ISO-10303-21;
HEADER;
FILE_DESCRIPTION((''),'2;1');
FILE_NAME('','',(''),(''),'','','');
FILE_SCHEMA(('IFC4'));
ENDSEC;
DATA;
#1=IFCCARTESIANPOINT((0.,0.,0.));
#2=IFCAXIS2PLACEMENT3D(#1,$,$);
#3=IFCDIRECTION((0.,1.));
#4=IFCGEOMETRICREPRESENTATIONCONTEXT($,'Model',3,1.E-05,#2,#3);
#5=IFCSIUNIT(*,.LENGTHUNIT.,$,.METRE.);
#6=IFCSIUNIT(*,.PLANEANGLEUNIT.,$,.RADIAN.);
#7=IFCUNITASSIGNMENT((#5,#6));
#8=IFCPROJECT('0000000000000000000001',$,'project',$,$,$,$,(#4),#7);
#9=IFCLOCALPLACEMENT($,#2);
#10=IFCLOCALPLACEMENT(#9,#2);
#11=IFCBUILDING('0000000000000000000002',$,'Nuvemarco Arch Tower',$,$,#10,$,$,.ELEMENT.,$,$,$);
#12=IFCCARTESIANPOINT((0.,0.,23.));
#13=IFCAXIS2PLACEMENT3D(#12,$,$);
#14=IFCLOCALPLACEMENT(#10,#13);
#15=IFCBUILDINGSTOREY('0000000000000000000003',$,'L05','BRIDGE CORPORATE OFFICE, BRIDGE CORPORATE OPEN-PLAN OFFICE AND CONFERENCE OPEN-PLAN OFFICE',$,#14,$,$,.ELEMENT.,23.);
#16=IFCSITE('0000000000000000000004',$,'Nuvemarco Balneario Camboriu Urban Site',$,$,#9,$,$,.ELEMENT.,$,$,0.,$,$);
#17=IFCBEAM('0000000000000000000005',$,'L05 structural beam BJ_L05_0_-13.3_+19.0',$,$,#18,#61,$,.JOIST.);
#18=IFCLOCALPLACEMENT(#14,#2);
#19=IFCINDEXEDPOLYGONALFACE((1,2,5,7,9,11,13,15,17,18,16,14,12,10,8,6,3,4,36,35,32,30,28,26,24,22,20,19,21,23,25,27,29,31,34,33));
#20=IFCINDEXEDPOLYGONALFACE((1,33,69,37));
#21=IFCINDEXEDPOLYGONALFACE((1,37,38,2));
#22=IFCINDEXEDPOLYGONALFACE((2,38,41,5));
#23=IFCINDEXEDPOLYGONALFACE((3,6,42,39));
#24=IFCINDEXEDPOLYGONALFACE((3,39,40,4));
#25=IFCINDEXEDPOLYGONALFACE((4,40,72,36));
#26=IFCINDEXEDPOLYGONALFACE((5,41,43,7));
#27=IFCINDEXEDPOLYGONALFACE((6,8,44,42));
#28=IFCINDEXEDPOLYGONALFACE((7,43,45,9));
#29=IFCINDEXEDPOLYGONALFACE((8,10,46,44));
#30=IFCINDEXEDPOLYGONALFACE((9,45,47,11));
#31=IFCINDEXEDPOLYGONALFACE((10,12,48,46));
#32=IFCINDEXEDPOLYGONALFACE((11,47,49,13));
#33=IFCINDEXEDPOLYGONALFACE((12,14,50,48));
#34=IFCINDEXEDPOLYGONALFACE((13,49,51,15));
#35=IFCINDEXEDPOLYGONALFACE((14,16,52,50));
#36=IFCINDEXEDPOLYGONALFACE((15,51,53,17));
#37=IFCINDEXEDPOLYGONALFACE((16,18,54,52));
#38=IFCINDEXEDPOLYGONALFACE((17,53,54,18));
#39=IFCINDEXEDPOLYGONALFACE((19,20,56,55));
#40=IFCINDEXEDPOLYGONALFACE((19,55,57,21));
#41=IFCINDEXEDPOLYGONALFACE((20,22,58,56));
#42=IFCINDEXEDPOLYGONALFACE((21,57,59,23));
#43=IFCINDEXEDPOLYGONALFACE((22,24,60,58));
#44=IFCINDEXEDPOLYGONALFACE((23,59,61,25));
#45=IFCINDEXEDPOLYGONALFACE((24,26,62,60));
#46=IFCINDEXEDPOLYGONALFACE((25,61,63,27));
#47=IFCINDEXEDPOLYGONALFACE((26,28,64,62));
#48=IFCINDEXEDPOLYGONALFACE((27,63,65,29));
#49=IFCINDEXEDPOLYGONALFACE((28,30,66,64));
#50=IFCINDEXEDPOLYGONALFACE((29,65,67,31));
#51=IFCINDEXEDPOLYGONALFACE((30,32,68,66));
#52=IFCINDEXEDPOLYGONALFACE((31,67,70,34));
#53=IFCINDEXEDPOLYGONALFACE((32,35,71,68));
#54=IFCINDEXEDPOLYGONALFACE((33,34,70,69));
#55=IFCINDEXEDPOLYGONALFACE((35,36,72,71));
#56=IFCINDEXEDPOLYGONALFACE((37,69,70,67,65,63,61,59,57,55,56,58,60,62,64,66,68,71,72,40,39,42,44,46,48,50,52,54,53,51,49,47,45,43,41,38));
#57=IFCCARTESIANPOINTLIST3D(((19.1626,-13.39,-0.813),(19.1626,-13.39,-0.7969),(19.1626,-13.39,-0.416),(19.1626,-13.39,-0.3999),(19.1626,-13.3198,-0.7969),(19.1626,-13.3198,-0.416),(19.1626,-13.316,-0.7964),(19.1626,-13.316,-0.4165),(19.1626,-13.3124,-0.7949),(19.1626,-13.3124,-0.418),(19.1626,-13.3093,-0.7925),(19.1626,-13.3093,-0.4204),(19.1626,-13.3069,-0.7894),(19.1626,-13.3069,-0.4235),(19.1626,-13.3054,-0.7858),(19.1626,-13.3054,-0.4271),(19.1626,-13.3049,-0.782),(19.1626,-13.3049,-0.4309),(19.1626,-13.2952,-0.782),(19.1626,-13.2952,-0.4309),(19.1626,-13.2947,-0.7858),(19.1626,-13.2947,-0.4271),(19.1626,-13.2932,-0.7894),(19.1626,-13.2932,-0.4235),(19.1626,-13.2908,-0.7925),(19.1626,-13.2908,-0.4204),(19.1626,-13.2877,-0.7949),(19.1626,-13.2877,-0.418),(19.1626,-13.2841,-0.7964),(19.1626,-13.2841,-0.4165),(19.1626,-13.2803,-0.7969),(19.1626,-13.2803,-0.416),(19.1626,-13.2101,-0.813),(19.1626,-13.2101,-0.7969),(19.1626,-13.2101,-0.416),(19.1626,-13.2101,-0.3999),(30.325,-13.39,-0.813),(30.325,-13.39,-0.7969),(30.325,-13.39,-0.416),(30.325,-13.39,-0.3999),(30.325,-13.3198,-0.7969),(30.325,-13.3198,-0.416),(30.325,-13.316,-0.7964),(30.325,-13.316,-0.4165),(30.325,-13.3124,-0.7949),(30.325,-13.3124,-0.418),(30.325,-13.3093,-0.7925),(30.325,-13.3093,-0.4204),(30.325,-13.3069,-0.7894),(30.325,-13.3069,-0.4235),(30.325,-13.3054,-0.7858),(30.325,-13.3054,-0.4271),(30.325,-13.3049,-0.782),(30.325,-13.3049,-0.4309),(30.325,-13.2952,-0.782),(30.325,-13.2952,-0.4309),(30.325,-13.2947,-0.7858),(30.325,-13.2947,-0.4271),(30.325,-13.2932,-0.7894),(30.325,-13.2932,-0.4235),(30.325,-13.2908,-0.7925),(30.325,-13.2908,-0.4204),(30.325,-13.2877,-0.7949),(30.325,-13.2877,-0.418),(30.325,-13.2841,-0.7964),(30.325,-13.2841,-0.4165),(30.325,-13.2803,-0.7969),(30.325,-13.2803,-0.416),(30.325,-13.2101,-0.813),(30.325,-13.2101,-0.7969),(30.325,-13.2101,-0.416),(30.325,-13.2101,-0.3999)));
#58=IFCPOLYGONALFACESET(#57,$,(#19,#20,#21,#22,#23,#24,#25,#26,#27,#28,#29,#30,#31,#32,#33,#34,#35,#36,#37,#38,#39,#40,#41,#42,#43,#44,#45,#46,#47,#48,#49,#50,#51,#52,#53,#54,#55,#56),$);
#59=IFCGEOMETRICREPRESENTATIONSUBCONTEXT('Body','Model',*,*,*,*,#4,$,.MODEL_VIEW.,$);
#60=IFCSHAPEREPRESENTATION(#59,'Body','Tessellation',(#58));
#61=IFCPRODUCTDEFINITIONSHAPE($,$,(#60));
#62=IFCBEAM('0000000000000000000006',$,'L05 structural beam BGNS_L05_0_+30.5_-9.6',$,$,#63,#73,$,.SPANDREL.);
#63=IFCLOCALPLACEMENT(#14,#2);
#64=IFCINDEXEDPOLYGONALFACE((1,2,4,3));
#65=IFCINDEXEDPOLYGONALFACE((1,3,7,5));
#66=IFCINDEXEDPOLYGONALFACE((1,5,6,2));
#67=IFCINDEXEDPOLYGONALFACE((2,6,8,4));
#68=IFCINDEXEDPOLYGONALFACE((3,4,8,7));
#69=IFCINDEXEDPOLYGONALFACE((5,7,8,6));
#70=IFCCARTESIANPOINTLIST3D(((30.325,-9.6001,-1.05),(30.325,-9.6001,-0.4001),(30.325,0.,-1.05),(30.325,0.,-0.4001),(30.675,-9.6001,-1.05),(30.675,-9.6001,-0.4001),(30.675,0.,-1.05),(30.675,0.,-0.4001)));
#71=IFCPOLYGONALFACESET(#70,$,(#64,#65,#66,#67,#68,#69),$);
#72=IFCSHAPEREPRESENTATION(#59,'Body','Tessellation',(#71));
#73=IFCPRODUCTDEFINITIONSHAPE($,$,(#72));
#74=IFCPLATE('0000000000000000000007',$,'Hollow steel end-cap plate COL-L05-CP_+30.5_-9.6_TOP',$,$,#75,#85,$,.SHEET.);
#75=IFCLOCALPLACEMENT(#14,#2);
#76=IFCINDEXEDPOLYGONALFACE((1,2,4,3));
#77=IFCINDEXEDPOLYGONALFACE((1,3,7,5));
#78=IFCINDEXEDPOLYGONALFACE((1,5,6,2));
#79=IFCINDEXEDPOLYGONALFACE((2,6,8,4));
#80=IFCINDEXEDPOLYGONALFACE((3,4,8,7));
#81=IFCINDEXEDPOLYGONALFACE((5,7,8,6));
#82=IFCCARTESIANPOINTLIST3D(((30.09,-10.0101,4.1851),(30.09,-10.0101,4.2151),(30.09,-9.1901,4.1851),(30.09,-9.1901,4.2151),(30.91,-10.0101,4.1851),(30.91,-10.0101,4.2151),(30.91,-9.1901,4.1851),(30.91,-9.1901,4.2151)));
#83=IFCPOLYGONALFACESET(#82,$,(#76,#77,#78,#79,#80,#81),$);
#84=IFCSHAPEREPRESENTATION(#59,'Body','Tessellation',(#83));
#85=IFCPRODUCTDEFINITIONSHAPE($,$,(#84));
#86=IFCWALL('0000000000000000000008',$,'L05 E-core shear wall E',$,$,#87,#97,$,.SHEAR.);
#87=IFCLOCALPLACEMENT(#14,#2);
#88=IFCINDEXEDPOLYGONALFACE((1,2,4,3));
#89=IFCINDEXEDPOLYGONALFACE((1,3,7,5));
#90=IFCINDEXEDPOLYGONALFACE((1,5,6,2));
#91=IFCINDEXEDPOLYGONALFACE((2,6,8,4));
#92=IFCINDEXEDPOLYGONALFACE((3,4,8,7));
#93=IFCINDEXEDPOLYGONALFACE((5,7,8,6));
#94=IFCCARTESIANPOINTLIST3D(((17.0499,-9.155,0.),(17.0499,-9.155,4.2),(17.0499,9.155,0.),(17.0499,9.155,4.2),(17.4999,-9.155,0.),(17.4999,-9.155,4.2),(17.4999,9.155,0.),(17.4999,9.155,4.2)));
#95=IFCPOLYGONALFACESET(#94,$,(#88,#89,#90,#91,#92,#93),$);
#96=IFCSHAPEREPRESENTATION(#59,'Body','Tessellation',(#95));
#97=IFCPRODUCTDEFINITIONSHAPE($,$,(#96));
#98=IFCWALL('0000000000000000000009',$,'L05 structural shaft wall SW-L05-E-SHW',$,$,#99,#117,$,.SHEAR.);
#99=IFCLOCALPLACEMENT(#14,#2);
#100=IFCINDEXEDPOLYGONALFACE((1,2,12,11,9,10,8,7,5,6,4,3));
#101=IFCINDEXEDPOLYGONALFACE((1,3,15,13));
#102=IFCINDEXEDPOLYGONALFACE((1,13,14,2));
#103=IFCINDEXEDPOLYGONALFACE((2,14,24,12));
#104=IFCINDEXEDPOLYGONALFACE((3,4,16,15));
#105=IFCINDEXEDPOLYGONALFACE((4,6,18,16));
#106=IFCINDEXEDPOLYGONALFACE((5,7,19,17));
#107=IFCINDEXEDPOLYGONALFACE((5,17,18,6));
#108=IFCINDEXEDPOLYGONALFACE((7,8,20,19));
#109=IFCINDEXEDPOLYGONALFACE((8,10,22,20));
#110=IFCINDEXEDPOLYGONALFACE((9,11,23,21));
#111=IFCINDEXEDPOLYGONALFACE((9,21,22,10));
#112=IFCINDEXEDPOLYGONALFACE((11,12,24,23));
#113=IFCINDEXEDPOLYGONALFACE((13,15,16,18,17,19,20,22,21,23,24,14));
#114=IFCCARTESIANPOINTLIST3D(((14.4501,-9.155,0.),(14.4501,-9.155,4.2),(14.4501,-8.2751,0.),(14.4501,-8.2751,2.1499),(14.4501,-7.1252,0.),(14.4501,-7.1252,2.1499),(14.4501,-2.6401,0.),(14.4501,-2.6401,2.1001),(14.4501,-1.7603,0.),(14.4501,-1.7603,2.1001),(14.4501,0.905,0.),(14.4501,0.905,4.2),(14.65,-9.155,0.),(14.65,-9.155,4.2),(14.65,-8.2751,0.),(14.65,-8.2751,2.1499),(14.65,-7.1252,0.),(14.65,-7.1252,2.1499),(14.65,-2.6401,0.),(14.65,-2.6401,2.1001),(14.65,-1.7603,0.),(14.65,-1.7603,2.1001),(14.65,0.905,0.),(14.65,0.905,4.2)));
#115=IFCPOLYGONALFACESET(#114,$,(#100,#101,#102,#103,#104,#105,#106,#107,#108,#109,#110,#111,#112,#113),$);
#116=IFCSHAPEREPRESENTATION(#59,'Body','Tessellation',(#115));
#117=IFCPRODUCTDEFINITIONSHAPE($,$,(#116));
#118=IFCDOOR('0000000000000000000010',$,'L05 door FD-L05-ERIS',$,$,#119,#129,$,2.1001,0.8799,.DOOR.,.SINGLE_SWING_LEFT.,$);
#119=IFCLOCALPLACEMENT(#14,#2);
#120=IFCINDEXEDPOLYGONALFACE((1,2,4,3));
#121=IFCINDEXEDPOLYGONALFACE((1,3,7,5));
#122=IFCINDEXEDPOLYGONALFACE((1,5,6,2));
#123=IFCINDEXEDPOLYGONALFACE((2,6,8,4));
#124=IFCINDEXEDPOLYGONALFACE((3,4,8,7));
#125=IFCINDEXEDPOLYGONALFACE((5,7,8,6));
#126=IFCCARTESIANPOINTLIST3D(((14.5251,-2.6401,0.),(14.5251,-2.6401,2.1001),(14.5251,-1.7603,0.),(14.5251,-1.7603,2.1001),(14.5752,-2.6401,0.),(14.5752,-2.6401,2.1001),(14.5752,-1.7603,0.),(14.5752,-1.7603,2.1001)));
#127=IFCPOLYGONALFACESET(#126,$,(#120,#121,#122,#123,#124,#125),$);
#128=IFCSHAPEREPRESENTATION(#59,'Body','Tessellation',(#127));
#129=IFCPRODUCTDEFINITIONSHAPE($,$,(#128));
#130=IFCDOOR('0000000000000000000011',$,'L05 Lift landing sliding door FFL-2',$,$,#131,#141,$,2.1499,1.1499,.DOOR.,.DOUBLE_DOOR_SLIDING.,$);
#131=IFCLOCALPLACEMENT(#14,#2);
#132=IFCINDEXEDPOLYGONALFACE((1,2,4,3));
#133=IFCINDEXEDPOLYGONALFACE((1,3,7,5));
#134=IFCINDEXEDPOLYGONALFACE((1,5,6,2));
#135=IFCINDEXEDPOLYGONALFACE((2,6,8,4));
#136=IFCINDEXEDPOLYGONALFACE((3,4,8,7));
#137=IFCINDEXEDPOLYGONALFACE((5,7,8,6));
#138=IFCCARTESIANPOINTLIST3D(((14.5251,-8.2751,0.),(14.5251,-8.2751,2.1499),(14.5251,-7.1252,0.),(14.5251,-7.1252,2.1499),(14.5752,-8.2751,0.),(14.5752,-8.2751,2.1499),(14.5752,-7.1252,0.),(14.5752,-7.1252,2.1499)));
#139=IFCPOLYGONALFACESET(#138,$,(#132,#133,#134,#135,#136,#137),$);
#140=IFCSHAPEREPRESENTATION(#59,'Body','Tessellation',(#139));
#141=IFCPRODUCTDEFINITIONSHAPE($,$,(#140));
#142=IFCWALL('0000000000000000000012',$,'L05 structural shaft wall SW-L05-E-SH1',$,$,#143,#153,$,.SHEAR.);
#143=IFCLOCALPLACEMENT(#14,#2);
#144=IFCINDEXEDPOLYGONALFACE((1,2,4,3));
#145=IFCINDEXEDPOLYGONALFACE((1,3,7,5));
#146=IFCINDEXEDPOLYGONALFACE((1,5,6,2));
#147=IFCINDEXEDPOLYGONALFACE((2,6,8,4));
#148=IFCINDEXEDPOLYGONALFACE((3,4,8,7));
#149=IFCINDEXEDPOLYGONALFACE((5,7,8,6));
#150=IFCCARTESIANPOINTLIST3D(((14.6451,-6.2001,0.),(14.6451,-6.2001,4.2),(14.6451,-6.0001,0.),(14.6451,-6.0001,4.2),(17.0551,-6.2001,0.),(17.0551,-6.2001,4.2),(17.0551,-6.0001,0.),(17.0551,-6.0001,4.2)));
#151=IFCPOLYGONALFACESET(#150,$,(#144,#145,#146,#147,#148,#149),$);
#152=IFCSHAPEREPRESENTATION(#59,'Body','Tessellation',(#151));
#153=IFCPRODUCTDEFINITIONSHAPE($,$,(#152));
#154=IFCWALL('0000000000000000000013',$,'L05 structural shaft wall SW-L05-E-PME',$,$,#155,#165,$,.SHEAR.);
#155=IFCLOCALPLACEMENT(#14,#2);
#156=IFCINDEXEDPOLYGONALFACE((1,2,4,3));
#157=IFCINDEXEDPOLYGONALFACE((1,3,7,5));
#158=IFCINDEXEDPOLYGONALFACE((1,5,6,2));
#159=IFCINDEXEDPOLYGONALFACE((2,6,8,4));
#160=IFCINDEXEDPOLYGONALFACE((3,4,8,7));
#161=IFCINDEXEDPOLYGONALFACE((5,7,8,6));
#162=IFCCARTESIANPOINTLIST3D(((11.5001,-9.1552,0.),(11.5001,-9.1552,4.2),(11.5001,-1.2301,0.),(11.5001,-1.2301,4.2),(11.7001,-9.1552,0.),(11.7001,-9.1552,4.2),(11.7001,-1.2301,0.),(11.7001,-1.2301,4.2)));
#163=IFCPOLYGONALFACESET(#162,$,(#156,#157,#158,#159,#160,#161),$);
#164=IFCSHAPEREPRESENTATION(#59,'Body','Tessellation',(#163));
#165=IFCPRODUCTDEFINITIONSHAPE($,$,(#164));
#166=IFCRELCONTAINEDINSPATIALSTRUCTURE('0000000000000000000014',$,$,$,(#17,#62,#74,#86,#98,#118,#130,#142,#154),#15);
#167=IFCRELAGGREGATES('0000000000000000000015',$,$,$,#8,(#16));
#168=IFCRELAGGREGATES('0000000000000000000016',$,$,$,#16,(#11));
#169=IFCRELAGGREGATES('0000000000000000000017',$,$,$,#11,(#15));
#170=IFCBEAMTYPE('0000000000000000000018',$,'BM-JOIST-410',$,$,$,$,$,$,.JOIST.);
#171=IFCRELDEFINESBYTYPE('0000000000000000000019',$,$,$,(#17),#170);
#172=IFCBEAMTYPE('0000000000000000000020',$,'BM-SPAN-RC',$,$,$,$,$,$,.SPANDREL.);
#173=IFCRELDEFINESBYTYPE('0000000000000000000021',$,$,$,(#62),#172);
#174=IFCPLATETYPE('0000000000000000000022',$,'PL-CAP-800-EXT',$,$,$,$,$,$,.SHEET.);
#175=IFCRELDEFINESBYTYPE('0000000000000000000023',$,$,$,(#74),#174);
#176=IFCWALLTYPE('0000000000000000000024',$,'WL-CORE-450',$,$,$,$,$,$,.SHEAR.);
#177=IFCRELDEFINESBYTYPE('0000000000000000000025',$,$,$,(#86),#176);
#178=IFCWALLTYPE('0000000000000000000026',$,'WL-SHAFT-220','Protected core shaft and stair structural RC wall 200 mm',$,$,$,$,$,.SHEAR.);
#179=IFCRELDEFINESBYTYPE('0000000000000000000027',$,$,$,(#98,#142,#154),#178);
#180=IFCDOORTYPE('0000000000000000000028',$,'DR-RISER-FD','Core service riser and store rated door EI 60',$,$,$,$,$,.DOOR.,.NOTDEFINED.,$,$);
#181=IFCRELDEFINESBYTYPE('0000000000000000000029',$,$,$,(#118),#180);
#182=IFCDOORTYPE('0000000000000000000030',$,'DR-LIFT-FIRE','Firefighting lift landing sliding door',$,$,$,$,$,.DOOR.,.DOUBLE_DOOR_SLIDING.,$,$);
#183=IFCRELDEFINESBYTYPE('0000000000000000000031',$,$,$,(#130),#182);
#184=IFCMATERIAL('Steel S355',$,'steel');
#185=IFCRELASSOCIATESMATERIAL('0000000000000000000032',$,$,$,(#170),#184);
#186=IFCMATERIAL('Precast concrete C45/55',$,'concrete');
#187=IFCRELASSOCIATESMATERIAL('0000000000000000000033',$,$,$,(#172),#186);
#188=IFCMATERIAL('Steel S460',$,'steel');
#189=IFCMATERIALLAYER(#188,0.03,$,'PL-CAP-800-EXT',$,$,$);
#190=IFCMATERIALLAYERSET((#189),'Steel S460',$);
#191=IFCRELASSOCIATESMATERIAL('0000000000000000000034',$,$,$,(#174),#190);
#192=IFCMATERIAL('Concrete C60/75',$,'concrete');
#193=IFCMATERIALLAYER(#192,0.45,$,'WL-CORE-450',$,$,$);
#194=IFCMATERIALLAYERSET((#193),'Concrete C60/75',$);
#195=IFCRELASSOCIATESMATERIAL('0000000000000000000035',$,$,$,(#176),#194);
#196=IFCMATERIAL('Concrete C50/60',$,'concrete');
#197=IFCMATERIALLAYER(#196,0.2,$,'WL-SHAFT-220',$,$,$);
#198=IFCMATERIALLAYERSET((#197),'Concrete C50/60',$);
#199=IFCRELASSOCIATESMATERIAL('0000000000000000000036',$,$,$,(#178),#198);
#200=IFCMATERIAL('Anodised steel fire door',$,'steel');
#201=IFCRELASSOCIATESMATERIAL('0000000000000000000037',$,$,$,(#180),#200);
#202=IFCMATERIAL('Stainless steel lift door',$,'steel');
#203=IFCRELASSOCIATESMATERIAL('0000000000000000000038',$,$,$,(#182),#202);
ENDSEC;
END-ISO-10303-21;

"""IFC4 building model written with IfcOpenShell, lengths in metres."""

from ifc_helpers import new_model, si_unit, direction, frame, frame_2d, origin, origin_2d, place, context, subcontext, project, spatial, rectangle, i_section, extrude, source, transform, mapped, material, layer, layer_set, material_profile, profile_set, type_object, type_shapes, element, fill, save


model = new_model("IFC4")

# Units and contexts
model_context = context("Model", 3, precision=1e-05, world=origin(), true_north=direction((0.0, 1.0)))
body_context = subcontext(model_context, "Body", "Model", "MODEL_VIEW")
ifc_project = project(units=[si_unit("LENGTHUNIT", "METRE"), si_unit("PLANEANGLEUNIT", "RADIAN")], contexts=[model_context])

# Site, building, storey
site_placement = place(None, origin())
site = spatial("IfcSite", under=ifc_project, at=site_placement, Name="Nuvemarco Balneario Camboriu Urban Site", CompositionType="ELEMENT", RefElevation=0.0)
building_placement = place(site_placement, origin())
building = spatial("IfcBuilding", under=site, at=building_placement, Name="Nuvemarco Arch Tower", CompositionType="ELEMENT")
storey_placement = place(building_placement, frame((0.0, 0.0, 23.0)))
storey = spatial("IfcBuildingStorey", under=building, at=storey_placement, Name="L05", Description="BRIDGE CORPORATE OFFICE, BRIDGE CORPORATE OPEN-PLAN OFFICE AND CONFERENCE OPEN-PLAN OFFICE", CompositionType="ELEMENT", Elevation=23.0)

# Shared definitions
ifc_material_1 = material(Name="Concrete C60/75", Category="concrete")
ifc_material_2 = material(Name="Steel S460", Category="steel")

# Beams
ifc_material_3 = material(Name="Steel S355", Category="steel")
ifc_material_profile_1 = material_profile(ifc_material_3, i_section(OverallWidth=0.1799, OverallDepth=0.4131, WebThickness=0.0098, FlangeThickness=0.0161, FilletRadius=0.0149, at=origin_2d()), Name="W410x75")
ifc_profile_set_1 = profile_set([ifc_material_profile_1], Name="Steel S355")
beam_type_1 = type_object("IfcBeamType", Name="BM-JOIST-410", PredefinedType="JOIST", material=ifc_profile_set_1)
beam_1_placement = place(storey_placement, frame((19.1626, -13.3, -0.6064), z_axis=(1.0, 0.0, 0.0), x_axis=(0.0, 1.0, 0.0)))
element("IfcBeam", 1, at=beam_1_placement, inside=storey, type_object=beam_type_1, Name="L05 structural beam BJ_L05_0_-13.3_+19.0", PredefinedType="JOIST", context=body_context, shape_type="SweptSolid", body=[
    extrude(i_section(OverallWidth=0.1799, OverallDepth=0.4131, WebThickness=0.0098, FlangeThickness=0.0161, FilletRadius=0.0149, at=origin_2d()), origin(), (0.0, 0.0, 1.0), 11.1624),
])
ifc_material_4 = material(Name="Precast concrete C45/55", Category="concrete")
ifc_material_profile_2 = material_profile(ifc_material_4, rectangle(XDim=0.3501, YDim=0.6499, at=origin_2d()), Name="PC-SP-350x650")
ifc_profile_set_2 = profile_set([ifc_material_profile_2], Name="Precast concrete C45/55")
beam_type_2 = type_object("IfcBeamType", Name="BM-SPAN-RC", PredefinedType="SPANDREL", material=ifc_profile_set_2)
beam_2_placement = place(storey_placement, frame((30.5, -9.6001, -0.7251), z_axis=(0.0, 1.0, 0.0), x_axis=(-1.0, 0.0, 0.0)))
element("IfcBeam", 2, at=beam_2_placement, inside=storey, type_object=beam_type_2, Name="L05 structural beam BGNS_L05_0_+30.5_-9.6", PredefinedType="SPANDREL", context=body_context, shape_type="SweptSolid", body=[
    extrude(rectangle(XDim=0.3501, YDim=0.6499, at=origin_2d()), origin(), (0.0, 0.0, 1.0), 9.6001),
])

# Plate
ifc_layer_1 = layer(ifc_material_2, 0.03, Name="PL-CAP-800-EXT")
ifc_layer_set_1 = layer_set([ifc_layer_1], Name="Steel S460")
plate_type = type_object("IfcPlateType", Name="PL-CAP-800-EXT", PredefinedType="SHEET", material=ifc_layer_set_1)
shared_shape_1 = source(origin(), body_context, "Body", "SweptSolid", [
    extrude(rectangle(XDim=0.8201, YDim=0.8201, at=origin_2d()), origin(), (0.0, 0.0, 1.0), 0.03),
])
type_shapes(plate_type, [shared_shape_1])
plate_placement = place(storey_placement, frame((30.5, -9.6001, 4.1851), z_axis=(0.0, 0.0, 1.0), x_axis=(1.0, 0.0, 0.0)))
element("IfcPlate", 3, at=plate_placement, inside=storey, type_object=plate_type, Name="Hollow steel end-cap plate COL-L05-CP_+30.5_-9.6_TOP", PredefinedType="SHEET", context=body_context, shape_type="MappedRepresentation", body=[
    mapped(shared_shape_1, transform((0.0, 0.0, 0.0), scale=1.0)),
])

# Wall
ifc_layer_2 = layer(ifc_material_1, 0.45, Name="WL-CORE-450")
ifc_layer_set_2 = layer_set([ifc_layer_2], Name="Concrete C60/75")
wall_type_1 = type_object("IfcWallType", Name="WL-CORE-450", PredefinedType="SHEAR", material=ifc_layer_set_2)
wall_1_placement = place(storey_placement, frame((17.2749, -9.155, 0.0), z_axis=(0.0, 0.0, 1.0), x_axis=(0.0, 1.0, 0.0)))
element("IfcWall", 4, at=wall_1_placement, inside=storey, type_object=wall_type_1, Name="L05 E-core shear wall E", PredefinedType="SHEAR", context=body_context, shape_type="SweptSolid", body=[
    extrude(rectangle(XDim=18.3101, YDim=0.45, at=frame_2d((9.155, 0.0))), origin(), (0.0, 0.0, 1.0), 4.2),
])

# Wall, openings, doors
ifc_material_5 = material(Name="Concrete C50/60", Category="concrete")
ifc_layer_3 = layer(ifc_material_5, 0.2, Name="WL-SHAFT-220")
ifc_layer_set_3 = layer_set([ifc_layer_3], Name="Concrete C50/60")
wall_type_2 = type_object("IfcWallType", Name="WL-SHAFT-220", Description="Protected core shaft and stair structural RC wall 200 mm", PredefinedType="SHEAR", material=ifc_layer_set_3)
wall_2_placement = place(storey_placement, frame((14.55, -9.155, 0.0), z_axis=(0.0, 0.0, 1.0), x_axis=(0.0, 1.0, 0.0)))
wall_2 = element("IfcWall", 5, at=wall_2_placement, inside=storey, type_object=wall_type_2, Name="L05 structural shaft wall SW-L05-E-SHW", PredefinedType="SHEAR", context=body_context, shape_type="SweptSolid", body=[
    extrude(rectangle(XDim=10.0601, YDim=0.2, at=frame_2d((5.03, 0.0))), origin(), (0.0, 0.0, 1.0), 4.2),
])
opening_1_placement = place(wall_2_placement, frame((6.5149, 0.0, 0.0)))
opening_1 = element("IfcOpeningElement", 6, at=opening_1_placement, cuts=wall_2, PredefinedType="OPENING", context=body_context, shape_type="SweptSolid", body=[
    extrude(rectangle(XDim=0.8799, YDim=2.1001, at=frame_2d((0.4399, 1.05))), frame((0.0, 0.1099, 0.0), z_axis=(0.0, -1.0, 0.0), x_axis=(1.0, 0.0, 0.0)), (0.0, 0.0, 1.0), 0.22),
])
opening_2_placement = place(wall_2_placement, frame((0.8799, 0.0, 0.0)))
opening_2 = element("IfcOpeningElement", 7, at=opening_2_placement, cuts=wall_2, PredefinedType="OPENING", context=body_context, shape_type="SweptSolid", body=[
    extrude(rectangle(XDim=1.1499, YDim=2.1499, at=frame_2d((0.575, 1.075))), frame((0.0, 0.1099, 0.0), z_axis=(0.0, -1.0, 0.0), x_axis=(1.0, 0.0, 0.0)), (0.0, 0.0, 1.0), 0.22),
])
ifc_material_6 = material(Name="Anodised steel fire door", Category="steel")
door_type_1 = type_object("IfcDoorType", Name="DR-RISER-FD", Description="Core service riser and store rated door EI 60", OperationType="NOTDEFINED", PredefinedType="DOOR", material=ifc_material_6)
shared_shape_2 = source(origin(), body_context, "Body", "SweptSolid", [
    extrude(rectangle(XDim=0.8799, YDim=2.1001, at=frame_2d((0.4399, 1.05))), frame((0.0, 0.0249, 0.0), z_axis=(0.0, -1.0, 0.0), x_axis=(1.0, 0.0, 0.0)), (0.0, 0.0, 1.0), 0.05),
])
type_shapes(door_type_1, [shared_shape_2])
door_1_placement = place(opening_1_placement, origin())
door_1 = element("IfcDoor", 8, at=door_1_placement, inside=storey, type_object=door_type_1, Name="L05 door FD-L05-ERIS", OperationType="SINGLE_SWING_LEFT", OverallHeight=2.1001, OverallWidth=0.8799, PredefinedType="DOOR", context=body_context, shape_type="MappedRepresentation", body=[
    mapped(shared_shape_2, transform((0.0, 0.0, 0.0), scale=1.0)),
])
fill(opening_1, door_1)
ifc_material_7 = material(Name="Stainless steel lift door", Category="steel")
door_type_2 = type_object("IfcDoorType", Name="DR-LIFT-FIRE", Description="Firefighting lift landing sliding door", OperationType="DOUBLE_DOOR_SLIDING", PredefinedType="DOOR", material=ifc_material_7)
shared_shape_3 = source(origin(), body_context, "Body", "SweptSolid", [
    extrude(rectangle(XDim=1.1499, YDim=2.1499, at=frame_2d((0.575, 1.075))), frame((0.0, 0.0249, 0.0), z_axis=(0.0, -1.0, 0.0), x_axis=(1.0, 0.0, 0.0)), (0.0, 0.0, 1.0), 0.05),
])
type_shapes(door_type_2, [shared_shape_3])
door_2_placement = place(opening_2_placement, origin())
door_2 = element("IfcDoor", 9, at=door_2_placement, inside=storey, type_object=door_type_2, Name="L05 Lift landing sliding door FFL-2", OperationType="DOUBLE_DOOR_SLIDING", OverallHeight=2.1499, OverallWidth=1.1499, PredefinedType="DOOR", context=body_context, shape_type="MappedRepresentation", body=[
    mapped(shared_shape_3, transform((0.0, 0.0, 0.0), scale=1.0)),
])
fill(opening_2, door_2)

# Walls
wall_3_placement = place(storey_placement, frame((14.645, -6.1001, 0.0), z_axis=(0.0, 0.0, 1.0), x_axis=(1.0, 0.0, 0.0)))
element("IfcWall", 10, at=wall_3_placement, inside=storey, type_object=wall_type_2, Name="L05 structural shaft wall SW-L05-E-SH1", PredefinedType="SHEAR", context=body_context, shape_type="SweptSolid", body=[
    extrude(rectangle(XDim=2.4099, YDim=0.2, at=frame_2d((1.2051, 0.0))), origin(), (0.0, 0.0, 1.0), 4.2),
])
wall_4_placement = place(storey_placement, frame((11.6001, -9.155, 0.0), z_axis=(0.0, 0.0, 1.0), x_axis=(0.0, 1.0, 0.0)))
element("IfcWall", 11, at=wall_4_placement, inside=storey, type_object=wall_type_2, Name="L05 structural shaft wall SW-L05-E-PME", PredefinedType="SHEAR", context=body_context, shape_type="SweptSolid", body=[
    extrude(rectangle(XDim=7.925, YDim=0.2, at=frame_2d((3.9624, 0.0))), origin(), (0.0, 0.0, 1.0), 4.2),
])

save(model, "model.ifc")
